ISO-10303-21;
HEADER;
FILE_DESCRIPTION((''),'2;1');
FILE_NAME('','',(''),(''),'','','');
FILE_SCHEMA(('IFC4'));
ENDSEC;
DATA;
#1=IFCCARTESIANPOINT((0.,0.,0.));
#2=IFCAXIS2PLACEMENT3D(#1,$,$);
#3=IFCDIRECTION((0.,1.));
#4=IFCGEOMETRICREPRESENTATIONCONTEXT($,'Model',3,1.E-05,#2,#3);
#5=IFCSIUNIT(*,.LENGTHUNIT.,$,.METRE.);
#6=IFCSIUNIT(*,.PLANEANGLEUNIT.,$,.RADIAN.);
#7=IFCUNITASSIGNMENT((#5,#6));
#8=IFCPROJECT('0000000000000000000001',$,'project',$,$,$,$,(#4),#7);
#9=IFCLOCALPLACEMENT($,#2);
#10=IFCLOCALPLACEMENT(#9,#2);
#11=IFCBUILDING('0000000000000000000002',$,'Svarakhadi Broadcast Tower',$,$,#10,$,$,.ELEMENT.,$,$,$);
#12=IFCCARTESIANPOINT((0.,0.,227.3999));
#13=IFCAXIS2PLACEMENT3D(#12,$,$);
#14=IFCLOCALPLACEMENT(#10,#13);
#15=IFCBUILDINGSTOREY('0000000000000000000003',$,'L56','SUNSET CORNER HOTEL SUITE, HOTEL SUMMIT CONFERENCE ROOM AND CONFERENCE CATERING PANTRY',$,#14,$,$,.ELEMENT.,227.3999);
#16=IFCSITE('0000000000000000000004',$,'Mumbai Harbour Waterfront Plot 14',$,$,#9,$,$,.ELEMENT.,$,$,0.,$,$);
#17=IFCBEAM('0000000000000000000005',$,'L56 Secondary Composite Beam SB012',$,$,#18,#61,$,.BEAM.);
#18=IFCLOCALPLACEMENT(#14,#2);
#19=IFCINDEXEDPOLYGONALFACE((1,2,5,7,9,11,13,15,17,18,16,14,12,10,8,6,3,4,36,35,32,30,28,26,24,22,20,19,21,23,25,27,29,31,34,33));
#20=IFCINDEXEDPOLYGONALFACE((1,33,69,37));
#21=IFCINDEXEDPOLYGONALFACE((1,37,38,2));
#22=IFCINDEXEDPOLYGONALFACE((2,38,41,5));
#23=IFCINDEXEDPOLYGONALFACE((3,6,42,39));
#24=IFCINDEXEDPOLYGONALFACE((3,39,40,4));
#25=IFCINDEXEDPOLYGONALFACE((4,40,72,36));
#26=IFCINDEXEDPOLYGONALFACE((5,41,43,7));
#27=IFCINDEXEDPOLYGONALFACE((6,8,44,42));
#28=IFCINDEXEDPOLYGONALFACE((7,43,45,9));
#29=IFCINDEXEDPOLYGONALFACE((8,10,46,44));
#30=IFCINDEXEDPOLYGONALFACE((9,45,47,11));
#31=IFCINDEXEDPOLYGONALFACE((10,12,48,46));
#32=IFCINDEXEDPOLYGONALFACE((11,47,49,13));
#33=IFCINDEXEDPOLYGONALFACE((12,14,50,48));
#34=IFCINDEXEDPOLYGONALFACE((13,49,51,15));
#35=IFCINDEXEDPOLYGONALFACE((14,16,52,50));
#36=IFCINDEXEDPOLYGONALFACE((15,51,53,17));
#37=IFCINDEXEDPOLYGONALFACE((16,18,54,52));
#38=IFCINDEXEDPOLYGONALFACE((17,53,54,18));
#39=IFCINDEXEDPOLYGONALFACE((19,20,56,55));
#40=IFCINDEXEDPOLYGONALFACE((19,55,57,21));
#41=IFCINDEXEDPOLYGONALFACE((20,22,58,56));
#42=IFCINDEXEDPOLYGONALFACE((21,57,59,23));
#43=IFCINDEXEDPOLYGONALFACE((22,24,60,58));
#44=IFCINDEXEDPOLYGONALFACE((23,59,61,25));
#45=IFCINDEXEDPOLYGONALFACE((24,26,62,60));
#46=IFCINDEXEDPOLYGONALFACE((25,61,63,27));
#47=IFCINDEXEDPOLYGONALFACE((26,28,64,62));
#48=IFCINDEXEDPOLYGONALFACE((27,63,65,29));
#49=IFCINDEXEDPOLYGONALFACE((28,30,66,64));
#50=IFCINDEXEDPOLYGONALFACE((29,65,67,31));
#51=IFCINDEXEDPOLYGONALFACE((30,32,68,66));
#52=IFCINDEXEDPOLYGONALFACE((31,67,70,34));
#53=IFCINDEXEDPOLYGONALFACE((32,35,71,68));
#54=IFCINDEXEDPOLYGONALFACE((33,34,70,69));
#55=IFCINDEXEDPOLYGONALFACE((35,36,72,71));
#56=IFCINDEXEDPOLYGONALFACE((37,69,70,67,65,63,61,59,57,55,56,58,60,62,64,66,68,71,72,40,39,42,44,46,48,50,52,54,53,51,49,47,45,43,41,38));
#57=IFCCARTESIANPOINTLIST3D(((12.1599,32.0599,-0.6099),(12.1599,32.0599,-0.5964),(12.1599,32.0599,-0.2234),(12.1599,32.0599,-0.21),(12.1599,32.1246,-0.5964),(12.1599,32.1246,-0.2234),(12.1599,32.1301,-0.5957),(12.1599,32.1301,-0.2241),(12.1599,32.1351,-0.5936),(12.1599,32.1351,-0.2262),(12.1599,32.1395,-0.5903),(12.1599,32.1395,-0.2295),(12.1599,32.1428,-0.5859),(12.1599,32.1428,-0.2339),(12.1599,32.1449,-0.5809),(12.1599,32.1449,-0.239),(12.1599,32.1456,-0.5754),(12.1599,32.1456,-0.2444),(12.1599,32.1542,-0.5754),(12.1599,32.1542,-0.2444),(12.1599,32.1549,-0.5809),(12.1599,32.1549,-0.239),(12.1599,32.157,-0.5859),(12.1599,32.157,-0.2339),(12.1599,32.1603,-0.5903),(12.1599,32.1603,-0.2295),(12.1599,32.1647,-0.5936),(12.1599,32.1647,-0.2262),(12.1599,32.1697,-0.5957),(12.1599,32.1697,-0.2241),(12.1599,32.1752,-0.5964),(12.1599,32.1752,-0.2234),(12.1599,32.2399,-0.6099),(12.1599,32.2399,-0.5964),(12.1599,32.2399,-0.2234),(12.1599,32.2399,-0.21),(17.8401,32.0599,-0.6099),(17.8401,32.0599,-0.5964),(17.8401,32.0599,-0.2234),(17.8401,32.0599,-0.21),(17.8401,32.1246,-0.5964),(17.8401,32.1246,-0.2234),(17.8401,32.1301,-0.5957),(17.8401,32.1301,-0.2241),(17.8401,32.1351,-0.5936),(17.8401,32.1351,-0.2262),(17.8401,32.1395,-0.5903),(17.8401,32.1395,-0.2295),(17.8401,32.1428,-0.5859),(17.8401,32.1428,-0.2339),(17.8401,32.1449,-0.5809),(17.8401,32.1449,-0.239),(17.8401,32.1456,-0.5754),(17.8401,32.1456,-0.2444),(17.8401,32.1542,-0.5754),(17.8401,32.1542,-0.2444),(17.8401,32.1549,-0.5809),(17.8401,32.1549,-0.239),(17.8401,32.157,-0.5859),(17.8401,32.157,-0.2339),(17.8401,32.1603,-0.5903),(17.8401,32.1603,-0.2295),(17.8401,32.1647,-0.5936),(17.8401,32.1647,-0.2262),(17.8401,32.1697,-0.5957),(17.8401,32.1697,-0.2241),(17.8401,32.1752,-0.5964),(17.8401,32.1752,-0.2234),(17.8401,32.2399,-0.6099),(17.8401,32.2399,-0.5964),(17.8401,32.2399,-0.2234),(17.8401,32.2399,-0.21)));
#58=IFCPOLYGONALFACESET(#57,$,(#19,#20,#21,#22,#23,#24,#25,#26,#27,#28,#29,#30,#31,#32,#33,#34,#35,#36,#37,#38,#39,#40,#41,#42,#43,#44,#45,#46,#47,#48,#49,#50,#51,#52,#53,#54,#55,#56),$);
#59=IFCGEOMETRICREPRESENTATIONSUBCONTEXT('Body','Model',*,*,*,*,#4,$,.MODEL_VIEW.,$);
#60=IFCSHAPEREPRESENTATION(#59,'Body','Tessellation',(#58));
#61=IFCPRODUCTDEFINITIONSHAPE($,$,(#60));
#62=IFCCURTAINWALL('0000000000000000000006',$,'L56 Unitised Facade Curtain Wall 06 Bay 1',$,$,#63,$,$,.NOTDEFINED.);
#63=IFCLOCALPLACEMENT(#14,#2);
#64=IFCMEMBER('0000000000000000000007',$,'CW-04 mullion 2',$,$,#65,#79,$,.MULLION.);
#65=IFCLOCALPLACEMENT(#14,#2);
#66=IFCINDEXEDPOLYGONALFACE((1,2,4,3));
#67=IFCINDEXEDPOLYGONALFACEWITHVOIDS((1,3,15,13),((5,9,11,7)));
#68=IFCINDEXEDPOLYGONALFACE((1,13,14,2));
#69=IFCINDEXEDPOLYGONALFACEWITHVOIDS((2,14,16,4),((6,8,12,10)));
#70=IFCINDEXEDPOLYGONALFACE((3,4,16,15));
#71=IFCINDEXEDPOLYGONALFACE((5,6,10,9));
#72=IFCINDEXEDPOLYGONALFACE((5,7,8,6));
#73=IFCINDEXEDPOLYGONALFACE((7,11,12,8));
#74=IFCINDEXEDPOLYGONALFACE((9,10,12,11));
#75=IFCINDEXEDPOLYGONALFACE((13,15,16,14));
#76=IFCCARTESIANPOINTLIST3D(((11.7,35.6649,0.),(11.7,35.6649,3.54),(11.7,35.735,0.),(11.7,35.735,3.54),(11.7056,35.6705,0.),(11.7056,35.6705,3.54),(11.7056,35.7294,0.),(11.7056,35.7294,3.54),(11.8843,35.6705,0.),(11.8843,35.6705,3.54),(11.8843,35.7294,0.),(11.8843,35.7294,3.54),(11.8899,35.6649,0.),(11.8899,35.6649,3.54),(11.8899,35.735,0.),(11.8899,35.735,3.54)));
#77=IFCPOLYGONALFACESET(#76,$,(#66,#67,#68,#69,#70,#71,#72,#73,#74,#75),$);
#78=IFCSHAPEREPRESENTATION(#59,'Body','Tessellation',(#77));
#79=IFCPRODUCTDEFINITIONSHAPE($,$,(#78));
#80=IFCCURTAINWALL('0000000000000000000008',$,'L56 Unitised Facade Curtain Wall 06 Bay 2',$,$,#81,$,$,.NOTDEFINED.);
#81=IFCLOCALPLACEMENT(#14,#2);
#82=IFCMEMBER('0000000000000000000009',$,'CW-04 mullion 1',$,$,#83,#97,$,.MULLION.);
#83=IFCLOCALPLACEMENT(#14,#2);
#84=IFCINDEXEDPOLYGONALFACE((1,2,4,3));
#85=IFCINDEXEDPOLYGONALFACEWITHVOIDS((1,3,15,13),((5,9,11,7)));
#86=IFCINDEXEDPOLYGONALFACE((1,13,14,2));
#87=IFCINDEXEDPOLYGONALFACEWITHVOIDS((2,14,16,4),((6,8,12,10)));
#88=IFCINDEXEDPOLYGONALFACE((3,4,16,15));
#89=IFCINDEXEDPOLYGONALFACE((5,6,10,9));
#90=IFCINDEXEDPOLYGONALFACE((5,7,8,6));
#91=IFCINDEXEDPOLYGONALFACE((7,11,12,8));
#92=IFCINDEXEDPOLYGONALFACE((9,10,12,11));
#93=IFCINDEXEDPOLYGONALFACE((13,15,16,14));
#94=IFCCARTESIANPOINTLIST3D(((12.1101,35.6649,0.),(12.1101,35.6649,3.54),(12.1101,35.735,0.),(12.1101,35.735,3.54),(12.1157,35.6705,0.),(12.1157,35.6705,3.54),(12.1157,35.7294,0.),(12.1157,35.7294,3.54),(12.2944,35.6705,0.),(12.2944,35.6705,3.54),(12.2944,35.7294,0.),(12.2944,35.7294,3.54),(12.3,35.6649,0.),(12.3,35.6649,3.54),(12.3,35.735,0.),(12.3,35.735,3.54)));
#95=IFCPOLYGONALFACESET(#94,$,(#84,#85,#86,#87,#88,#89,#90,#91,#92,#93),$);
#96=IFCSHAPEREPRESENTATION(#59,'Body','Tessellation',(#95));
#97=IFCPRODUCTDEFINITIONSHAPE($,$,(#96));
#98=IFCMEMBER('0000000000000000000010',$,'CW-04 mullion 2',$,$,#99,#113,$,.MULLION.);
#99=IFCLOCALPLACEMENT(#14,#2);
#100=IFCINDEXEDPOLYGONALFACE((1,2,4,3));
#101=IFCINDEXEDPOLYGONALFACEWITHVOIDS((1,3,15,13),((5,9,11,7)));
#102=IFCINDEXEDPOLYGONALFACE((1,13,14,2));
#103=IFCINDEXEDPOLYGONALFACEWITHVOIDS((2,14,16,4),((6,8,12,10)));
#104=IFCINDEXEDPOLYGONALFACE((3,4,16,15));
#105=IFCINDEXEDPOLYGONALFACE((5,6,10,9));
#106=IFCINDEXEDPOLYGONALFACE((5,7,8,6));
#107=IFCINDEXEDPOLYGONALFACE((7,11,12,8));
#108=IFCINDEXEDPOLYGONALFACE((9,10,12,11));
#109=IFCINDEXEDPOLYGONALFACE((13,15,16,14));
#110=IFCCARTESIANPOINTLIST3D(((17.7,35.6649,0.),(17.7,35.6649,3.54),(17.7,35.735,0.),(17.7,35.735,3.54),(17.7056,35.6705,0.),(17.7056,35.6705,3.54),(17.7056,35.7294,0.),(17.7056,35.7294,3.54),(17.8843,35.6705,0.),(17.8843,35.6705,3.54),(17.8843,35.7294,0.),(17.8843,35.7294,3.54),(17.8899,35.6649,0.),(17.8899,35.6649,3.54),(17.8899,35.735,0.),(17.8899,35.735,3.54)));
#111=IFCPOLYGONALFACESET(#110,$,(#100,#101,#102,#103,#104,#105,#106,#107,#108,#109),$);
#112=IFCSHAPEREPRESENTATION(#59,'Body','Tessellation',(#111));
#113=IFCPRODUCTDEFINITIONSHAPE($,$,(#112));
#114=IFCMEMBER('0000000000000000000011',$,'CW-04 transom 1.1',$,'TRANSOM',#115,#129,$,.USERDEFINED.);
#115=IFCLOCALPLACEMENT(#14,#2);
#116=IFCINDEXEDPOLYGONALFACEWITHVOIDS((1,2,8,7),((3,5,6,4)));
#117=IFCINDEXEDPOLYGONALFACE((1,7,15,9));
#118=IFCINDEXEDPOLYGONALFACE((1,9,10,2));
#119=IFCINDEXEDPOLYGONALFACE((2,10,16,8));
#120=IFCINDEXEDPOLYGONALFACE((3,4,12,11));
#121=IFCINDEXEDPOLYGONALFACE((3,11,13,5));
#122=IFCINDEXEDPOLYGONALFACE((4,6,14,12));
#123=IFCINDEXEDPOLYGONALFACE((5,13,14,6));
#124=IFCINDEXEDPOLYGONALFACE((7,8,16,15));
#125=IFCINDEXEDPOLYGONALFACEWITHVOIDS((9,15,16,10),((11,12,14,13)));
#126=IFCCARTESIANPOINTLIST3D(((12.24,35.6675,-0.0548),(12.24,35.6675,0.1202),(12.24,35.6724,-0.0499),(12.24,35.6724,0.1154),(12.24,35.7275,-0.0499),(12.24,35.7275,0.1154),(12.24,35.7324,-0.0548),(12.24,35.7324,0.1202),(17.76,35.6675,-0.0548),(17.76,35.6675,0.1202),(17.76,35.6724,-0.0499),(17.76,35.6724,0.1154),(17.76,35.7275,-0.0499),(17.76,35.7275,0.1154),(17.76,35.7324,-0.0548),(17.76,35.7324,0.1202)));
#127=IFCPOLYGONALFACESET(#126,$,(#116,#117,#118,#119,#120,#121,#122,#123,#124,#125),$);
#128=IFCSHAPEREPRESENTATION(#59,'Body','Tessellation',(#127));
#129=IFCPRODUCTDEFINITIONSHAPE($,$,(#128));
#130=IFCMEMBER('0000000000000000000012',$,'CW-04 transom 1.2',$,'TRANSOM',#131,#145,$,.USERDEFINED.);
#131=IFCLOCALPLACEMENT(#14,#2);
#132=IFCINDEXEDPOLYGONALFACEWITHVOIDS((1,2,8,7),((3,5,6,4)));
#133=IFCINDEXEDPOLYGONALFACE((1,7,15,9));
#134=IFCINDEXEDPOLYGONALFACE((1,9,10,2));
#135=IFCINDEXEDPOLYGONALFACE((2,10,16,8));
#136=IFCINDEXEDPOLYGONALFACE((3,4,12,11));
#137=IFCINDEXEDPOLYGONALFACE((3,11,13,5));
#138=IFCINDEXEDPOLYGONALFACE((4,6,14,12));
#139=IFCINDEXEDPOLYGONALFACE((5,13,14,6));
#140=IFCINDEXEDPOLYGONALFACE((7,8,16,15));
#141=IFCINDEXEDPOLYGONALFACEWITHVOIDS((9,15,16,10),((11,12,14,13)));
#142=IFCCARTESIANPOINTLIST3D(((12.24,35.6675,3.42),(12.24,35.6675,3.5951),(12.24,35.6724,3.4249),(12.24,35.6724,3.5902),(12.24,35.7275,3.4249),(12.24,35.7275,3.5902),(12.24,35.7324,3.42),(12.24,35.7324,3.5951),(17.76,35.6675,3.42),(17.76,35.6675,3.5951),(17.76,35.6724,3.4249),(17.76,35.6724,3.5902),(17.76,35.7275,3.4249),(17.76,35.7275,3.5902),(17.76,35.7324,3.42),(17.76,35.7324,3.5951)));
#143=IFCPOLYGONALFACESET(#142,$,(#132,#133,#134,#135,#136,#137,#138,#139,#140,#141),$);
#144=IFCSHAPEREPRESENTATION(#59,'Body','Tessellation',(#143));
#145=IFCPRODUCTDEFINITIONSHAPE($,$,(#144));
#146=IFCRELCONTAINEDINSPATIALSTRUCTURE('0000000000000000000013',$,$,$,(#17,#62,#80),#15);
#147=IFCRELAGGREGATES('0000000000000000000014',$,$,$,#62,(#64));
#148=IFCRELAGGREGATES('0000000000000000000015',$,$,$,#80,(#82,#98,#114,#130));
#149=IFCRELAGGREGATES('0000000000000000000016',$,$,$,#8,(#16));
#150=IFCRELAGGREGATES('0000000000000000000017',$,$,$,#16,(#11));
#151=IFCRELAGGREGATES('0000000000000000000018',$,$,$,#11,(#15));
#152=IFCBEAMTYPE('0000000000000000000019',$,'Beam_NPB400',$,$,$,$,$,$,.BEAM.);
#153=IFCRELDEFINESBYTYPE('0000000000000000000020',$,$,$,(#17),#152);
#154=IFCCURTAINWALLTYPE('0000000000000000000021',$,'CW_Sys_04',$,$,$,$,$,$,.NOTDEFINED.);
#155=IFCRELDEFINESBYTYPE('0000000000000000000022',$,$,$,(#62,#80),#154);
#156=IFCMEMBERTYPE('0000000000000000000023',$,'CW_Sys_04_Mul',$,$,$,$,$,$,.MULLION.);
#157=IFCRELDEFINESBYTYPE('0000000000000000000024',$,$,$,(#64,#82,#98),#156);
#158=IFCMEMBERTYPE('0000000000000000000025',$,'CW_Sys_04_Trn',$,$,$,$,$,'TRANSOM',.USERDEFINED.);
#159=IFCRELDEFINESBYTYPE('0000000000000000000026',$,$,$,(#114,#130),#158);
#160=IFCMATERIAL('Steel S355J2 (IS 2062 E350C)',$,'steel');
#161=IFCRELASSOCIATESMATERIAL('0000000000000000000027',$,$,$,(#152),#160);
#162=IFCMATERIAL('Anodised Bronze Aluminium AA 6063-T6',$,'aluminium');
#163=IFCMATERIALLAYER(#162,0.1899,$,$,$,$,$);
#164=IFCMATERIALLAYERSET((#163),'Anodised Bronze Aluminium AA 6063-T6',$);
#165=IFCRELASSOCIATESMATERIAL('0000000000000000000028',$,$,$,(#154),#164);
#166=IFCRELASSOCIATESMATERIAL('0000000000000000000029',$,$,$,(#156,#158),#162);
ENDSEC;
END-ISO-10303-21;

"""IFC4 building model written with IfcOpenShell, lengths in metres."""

from ifc_helpers import new_model, si_unit, direction, frame, origin, origin_2d, place, context, subcontext, project, spatial, hollow_rectangle, i_section, extrude, material, layer, layer_set, material_profile, profile_set, type_object, element, aggregate, save


model = new_model("IFC4")

# Units and contexts
model_context = context("Model", 3, precision=1e-05, world=origin(), true_north=direction((0.0, 1.0)))
body_context = subcontext(model_context, "Body", "Model", "MODEL_VIEW")
ifc_project = project(units=[si_unit("LENGTHUNIT", "METRE"), si_unit("PLANEANGLEUNIT", "RADIAN")], contexts=[model_context])

# Site, building, storey
site_placement = place(None, origin())
site = spatial("IfcSite", under=ifc_project, at=site_placement, Name="Mumbai Harbour Waterfront Plot 14", CompositionType="ELEMENT", RefElevation=0.0)
building_placement = place(site_placement, origin())
building = spatial("IfcBuilding", under=site, at=building_placement, Name="Svarakhadi Broadcast Tower", CompositionType="ELEMENT")
storey_placement = place(building_placement, frame((0.0, 0.0, 227.3999)))
storey = spatial("IfcBuildingStorey", under=building, at=storey_placement, Name="L56", Description="SUNSET CORNER HOTEL SUITE, HOTEL SUMMIT CONFERENCE ROOM AND CONFERENCE CATERING PANTRY", CompositionType="ELEMENT", Elevation=227.3999)

# Beam
ifc_material_1 = material(Name="Steel S355J2 (IS 2062 E350C)", Category="steel")
ifc_material_profile_1 = material_profile(ifc_material_1, i_section(OverallWidth=0.1799, OverallDepth=0.3999, WebThickness=0.0085, FlangeThickness=0.0134, FilletRadius=0.021, at=origin_2d()), Name="NPB 400x180x66")
ifc_profile_set_1 = profile_set([ifc_material_profile_1], Name="Steel S355J2 (IS 2062 E350C)")
beam_type_1 = type_object("IfcBeamType", Name="Beam_NPB400", PredefinedType="BEAM", material=ifc_profile_set_1)
for number, where, z_axis, x_axis, name in (
    (1, (12.1599, 32.1499, -0.4099), (1.0, 0.0, 0.0), (0.0, 1.0, 0.0), "L56 Secondary Composite Beam SB012"),
):
    element("IfcBeam", number, at=place(storey_placement, frame(where, z_axis=z_axis, x_axis=x_axis)), inside=storey, type_object=beam_type_1, Name=name, PredefinedType="BEAM", context=body_context, shape_type="SweptSolid", body=[
        extrude(i_section(OverallWidth=0.1799, OverallDepth=0.3999, WebThickness=0.0085, FlangeThickness=0.0134, FilletRadius=0.021, at=origin_2d()), origin(), (0.0, 0.0, 1.0), 5.6802),
    ])

# Curtain wall, member
ifc_material_2 = material(Name="Anodised Bronze Aluminium AA 6063-T6", Category="aluminium")
ifc_layer_1 = layer(ifc_material_2, 0.1899)
ifc_layer_set_1 = layer_set([ifc_layer_1], Name="Anodised Bronze Aluminium AA 6063-T6")
curtain_wall_type = type_object("IfcCurtainWallType", Name="CW_Sys_04", PredefinedType="NOTDEFINED", material=ifc_layer_set_1)
curtain_wall_1_placement = place(storey_placement, origin())
curtain_wall_1 = element("IfcCurtainWall", 2, at=curtain_wall_1_placement, inside=storey, type_object=curtain_wall_type, Name="L56 Unitised Facade Curtain Wall 06 Bay 1", PredefinedType="NOTDEFINED")
ifc_material_profile_2 = material_profile(ifc_material_2, hollow_rectangle(XDim=0.0701, YDim=0.1899, WallThickness=0.0056, at=origin_2d()), Name="ALU MULLION 190x70x6")
ifc_profile_set_2 = profile_set([ifc_material_profile_2], Name="Anodised Bronze Aluminium AA 6063-T6")
member_type_1 = type_object("IfcMemberType", Name="CW_Sys_04_Mul", PredefinedType="MULLION", material=ifc_profile_set_2)
member_1_placement = place(storey_placement, frame((11.7949, 35.7, 0.0), z_axis=(0.0, 0.0, 1.0), x_axis=(0.0, 1.0, 0.0)))
member_1 = element("IfcMember", 3, at=member_1_placement, type_object=member_type_1, Name="CW-04 mullion 2", PredefinedType="MULLION", context=body_context, shape_type="SweptSolid", body=[
    extrude(hollow_rectangle(XDim=0.0701, YDim=0.1899, WallThickness=0.0056, at=origin_2d()), origin(), (0.0, 0.0, 1.0), 3.54),
])

# Curtain wall, members
curtain_wall_2_placement = place(storey_placement, origin())
curtain_wall_2 = element("IfcCurtainWall", 4, at=curtain_wall_2_placement, inside=storey, type_object=curtain_wall_type, Name="L56 Unitised Facade Curtain Wall 06 Bay 2", PredefinedType="NOTDEFINED")
member_2_placement = place(storey_placement, frame((12.2051, 35.7, 0.0), z_axis=(0.0, 0.0, 1.0), x_axis=(0.0, 1.0, 0.0)))
member_2 = element("IfcMember", 5, at=member_2_placement, type_object=member_type_1, Name="CW-04 mullion 1", PredefinedType="MULLION", context=body_context, shape_type="SweptSolid", body=[
    extrude(hollow_rectangle(XDim=0.0701, YDim=0.1899, WallThickness=0.0056, at=origin_2d()), origin(), (0.0, 0.0, 1.0), 3.54),
])
member_3_placement = place(storey_placement, frame((17.7949, 35.7, 0.0), z_axis=(0.0, 0.0, 1.0), x_axis=(0.0, 1.0, 0.0)))
member_3 = element("IfcMember", 6, at=member_3_placement, type_object=member_type_1, Name="CW-04 mullion 2", PredefinedType="MULLION", context=body_context, shape_type="SweptSolid", body=[
    extrude(hollow_rectangle(XDim=0.0701, YDim=0.1899, WallThickness=0.0056, at=origin_2d()), origin(), (0.0, 0.0, 1.0), 3.54),
])
ifc_material_profile_3 = material_profile(ifc_material_2, hollow_rectangle(XDim=0.0649, YDim=0.175, WallThickness=0.0049, at=origin_2d()), Name="ALU TRANSOM 175x65x5")
ifc_profile_set_3 = profile_set([ifc_material_profile_3], Name="Anodised Bronze Aluminium AA 6063-T6")
member_type_2 = type_object("IfcMemberType", Name="CW_Sys_04_Trn", ElementType="TRANSOM", PredefinedType="USERDEFINED", material=ifc_profile_set_3)
member_4_placement = place(storey_placement, frame((12.24, 35.7, 0.0327), z_axis=(1.0, 0.0, 0.0), x_axis=(0.0, 1.0, 0.0)))
member_4 = element("IfcMember", 7, at=member_4_placement, type_object=member_type_2, Name="CW-04 transom 1.1", ObjectType="TRANSOM", PredefinedType="USERDEFINED", context=body_context, shape_type="SweptSolid", body=[
    extrude(hollow_rectangle(XDim=0.0649, YDim=0.175, WallThickness=0.0049, at=origin_2d()), origin(), (0.0, 0.0, 1.0), 5.52),
])
member_5_placement = place(storey_placement, frame((12.24, 35.7, 3.5076), z_axis=(1.0, 0.0, 0.0), x_axis=(0.0, 1.0, 0.0)))
member_5 = element("IfcMember", 8, at=member_5_placement, type_object=member_type_2, Name="CW-04 transom 1.2", ObjectType="TRANSOM", PredefinedType="USERDEFINED", context=body_context, shape_type="SweptSolid", body=[
    extrude(hollow_rectangle(XDim=0.0649, YDim=0.175, WallThickness=0.0049, at=origin_2d()), origin(), (0.0, 0.0, 1.0), 5.52),
])

aggregate(curtain_wall_1, [member_1])
aggregate(curtain_wall_2, [member_2, member_3, member_4, member_5])

save(model, "model.ifc")
